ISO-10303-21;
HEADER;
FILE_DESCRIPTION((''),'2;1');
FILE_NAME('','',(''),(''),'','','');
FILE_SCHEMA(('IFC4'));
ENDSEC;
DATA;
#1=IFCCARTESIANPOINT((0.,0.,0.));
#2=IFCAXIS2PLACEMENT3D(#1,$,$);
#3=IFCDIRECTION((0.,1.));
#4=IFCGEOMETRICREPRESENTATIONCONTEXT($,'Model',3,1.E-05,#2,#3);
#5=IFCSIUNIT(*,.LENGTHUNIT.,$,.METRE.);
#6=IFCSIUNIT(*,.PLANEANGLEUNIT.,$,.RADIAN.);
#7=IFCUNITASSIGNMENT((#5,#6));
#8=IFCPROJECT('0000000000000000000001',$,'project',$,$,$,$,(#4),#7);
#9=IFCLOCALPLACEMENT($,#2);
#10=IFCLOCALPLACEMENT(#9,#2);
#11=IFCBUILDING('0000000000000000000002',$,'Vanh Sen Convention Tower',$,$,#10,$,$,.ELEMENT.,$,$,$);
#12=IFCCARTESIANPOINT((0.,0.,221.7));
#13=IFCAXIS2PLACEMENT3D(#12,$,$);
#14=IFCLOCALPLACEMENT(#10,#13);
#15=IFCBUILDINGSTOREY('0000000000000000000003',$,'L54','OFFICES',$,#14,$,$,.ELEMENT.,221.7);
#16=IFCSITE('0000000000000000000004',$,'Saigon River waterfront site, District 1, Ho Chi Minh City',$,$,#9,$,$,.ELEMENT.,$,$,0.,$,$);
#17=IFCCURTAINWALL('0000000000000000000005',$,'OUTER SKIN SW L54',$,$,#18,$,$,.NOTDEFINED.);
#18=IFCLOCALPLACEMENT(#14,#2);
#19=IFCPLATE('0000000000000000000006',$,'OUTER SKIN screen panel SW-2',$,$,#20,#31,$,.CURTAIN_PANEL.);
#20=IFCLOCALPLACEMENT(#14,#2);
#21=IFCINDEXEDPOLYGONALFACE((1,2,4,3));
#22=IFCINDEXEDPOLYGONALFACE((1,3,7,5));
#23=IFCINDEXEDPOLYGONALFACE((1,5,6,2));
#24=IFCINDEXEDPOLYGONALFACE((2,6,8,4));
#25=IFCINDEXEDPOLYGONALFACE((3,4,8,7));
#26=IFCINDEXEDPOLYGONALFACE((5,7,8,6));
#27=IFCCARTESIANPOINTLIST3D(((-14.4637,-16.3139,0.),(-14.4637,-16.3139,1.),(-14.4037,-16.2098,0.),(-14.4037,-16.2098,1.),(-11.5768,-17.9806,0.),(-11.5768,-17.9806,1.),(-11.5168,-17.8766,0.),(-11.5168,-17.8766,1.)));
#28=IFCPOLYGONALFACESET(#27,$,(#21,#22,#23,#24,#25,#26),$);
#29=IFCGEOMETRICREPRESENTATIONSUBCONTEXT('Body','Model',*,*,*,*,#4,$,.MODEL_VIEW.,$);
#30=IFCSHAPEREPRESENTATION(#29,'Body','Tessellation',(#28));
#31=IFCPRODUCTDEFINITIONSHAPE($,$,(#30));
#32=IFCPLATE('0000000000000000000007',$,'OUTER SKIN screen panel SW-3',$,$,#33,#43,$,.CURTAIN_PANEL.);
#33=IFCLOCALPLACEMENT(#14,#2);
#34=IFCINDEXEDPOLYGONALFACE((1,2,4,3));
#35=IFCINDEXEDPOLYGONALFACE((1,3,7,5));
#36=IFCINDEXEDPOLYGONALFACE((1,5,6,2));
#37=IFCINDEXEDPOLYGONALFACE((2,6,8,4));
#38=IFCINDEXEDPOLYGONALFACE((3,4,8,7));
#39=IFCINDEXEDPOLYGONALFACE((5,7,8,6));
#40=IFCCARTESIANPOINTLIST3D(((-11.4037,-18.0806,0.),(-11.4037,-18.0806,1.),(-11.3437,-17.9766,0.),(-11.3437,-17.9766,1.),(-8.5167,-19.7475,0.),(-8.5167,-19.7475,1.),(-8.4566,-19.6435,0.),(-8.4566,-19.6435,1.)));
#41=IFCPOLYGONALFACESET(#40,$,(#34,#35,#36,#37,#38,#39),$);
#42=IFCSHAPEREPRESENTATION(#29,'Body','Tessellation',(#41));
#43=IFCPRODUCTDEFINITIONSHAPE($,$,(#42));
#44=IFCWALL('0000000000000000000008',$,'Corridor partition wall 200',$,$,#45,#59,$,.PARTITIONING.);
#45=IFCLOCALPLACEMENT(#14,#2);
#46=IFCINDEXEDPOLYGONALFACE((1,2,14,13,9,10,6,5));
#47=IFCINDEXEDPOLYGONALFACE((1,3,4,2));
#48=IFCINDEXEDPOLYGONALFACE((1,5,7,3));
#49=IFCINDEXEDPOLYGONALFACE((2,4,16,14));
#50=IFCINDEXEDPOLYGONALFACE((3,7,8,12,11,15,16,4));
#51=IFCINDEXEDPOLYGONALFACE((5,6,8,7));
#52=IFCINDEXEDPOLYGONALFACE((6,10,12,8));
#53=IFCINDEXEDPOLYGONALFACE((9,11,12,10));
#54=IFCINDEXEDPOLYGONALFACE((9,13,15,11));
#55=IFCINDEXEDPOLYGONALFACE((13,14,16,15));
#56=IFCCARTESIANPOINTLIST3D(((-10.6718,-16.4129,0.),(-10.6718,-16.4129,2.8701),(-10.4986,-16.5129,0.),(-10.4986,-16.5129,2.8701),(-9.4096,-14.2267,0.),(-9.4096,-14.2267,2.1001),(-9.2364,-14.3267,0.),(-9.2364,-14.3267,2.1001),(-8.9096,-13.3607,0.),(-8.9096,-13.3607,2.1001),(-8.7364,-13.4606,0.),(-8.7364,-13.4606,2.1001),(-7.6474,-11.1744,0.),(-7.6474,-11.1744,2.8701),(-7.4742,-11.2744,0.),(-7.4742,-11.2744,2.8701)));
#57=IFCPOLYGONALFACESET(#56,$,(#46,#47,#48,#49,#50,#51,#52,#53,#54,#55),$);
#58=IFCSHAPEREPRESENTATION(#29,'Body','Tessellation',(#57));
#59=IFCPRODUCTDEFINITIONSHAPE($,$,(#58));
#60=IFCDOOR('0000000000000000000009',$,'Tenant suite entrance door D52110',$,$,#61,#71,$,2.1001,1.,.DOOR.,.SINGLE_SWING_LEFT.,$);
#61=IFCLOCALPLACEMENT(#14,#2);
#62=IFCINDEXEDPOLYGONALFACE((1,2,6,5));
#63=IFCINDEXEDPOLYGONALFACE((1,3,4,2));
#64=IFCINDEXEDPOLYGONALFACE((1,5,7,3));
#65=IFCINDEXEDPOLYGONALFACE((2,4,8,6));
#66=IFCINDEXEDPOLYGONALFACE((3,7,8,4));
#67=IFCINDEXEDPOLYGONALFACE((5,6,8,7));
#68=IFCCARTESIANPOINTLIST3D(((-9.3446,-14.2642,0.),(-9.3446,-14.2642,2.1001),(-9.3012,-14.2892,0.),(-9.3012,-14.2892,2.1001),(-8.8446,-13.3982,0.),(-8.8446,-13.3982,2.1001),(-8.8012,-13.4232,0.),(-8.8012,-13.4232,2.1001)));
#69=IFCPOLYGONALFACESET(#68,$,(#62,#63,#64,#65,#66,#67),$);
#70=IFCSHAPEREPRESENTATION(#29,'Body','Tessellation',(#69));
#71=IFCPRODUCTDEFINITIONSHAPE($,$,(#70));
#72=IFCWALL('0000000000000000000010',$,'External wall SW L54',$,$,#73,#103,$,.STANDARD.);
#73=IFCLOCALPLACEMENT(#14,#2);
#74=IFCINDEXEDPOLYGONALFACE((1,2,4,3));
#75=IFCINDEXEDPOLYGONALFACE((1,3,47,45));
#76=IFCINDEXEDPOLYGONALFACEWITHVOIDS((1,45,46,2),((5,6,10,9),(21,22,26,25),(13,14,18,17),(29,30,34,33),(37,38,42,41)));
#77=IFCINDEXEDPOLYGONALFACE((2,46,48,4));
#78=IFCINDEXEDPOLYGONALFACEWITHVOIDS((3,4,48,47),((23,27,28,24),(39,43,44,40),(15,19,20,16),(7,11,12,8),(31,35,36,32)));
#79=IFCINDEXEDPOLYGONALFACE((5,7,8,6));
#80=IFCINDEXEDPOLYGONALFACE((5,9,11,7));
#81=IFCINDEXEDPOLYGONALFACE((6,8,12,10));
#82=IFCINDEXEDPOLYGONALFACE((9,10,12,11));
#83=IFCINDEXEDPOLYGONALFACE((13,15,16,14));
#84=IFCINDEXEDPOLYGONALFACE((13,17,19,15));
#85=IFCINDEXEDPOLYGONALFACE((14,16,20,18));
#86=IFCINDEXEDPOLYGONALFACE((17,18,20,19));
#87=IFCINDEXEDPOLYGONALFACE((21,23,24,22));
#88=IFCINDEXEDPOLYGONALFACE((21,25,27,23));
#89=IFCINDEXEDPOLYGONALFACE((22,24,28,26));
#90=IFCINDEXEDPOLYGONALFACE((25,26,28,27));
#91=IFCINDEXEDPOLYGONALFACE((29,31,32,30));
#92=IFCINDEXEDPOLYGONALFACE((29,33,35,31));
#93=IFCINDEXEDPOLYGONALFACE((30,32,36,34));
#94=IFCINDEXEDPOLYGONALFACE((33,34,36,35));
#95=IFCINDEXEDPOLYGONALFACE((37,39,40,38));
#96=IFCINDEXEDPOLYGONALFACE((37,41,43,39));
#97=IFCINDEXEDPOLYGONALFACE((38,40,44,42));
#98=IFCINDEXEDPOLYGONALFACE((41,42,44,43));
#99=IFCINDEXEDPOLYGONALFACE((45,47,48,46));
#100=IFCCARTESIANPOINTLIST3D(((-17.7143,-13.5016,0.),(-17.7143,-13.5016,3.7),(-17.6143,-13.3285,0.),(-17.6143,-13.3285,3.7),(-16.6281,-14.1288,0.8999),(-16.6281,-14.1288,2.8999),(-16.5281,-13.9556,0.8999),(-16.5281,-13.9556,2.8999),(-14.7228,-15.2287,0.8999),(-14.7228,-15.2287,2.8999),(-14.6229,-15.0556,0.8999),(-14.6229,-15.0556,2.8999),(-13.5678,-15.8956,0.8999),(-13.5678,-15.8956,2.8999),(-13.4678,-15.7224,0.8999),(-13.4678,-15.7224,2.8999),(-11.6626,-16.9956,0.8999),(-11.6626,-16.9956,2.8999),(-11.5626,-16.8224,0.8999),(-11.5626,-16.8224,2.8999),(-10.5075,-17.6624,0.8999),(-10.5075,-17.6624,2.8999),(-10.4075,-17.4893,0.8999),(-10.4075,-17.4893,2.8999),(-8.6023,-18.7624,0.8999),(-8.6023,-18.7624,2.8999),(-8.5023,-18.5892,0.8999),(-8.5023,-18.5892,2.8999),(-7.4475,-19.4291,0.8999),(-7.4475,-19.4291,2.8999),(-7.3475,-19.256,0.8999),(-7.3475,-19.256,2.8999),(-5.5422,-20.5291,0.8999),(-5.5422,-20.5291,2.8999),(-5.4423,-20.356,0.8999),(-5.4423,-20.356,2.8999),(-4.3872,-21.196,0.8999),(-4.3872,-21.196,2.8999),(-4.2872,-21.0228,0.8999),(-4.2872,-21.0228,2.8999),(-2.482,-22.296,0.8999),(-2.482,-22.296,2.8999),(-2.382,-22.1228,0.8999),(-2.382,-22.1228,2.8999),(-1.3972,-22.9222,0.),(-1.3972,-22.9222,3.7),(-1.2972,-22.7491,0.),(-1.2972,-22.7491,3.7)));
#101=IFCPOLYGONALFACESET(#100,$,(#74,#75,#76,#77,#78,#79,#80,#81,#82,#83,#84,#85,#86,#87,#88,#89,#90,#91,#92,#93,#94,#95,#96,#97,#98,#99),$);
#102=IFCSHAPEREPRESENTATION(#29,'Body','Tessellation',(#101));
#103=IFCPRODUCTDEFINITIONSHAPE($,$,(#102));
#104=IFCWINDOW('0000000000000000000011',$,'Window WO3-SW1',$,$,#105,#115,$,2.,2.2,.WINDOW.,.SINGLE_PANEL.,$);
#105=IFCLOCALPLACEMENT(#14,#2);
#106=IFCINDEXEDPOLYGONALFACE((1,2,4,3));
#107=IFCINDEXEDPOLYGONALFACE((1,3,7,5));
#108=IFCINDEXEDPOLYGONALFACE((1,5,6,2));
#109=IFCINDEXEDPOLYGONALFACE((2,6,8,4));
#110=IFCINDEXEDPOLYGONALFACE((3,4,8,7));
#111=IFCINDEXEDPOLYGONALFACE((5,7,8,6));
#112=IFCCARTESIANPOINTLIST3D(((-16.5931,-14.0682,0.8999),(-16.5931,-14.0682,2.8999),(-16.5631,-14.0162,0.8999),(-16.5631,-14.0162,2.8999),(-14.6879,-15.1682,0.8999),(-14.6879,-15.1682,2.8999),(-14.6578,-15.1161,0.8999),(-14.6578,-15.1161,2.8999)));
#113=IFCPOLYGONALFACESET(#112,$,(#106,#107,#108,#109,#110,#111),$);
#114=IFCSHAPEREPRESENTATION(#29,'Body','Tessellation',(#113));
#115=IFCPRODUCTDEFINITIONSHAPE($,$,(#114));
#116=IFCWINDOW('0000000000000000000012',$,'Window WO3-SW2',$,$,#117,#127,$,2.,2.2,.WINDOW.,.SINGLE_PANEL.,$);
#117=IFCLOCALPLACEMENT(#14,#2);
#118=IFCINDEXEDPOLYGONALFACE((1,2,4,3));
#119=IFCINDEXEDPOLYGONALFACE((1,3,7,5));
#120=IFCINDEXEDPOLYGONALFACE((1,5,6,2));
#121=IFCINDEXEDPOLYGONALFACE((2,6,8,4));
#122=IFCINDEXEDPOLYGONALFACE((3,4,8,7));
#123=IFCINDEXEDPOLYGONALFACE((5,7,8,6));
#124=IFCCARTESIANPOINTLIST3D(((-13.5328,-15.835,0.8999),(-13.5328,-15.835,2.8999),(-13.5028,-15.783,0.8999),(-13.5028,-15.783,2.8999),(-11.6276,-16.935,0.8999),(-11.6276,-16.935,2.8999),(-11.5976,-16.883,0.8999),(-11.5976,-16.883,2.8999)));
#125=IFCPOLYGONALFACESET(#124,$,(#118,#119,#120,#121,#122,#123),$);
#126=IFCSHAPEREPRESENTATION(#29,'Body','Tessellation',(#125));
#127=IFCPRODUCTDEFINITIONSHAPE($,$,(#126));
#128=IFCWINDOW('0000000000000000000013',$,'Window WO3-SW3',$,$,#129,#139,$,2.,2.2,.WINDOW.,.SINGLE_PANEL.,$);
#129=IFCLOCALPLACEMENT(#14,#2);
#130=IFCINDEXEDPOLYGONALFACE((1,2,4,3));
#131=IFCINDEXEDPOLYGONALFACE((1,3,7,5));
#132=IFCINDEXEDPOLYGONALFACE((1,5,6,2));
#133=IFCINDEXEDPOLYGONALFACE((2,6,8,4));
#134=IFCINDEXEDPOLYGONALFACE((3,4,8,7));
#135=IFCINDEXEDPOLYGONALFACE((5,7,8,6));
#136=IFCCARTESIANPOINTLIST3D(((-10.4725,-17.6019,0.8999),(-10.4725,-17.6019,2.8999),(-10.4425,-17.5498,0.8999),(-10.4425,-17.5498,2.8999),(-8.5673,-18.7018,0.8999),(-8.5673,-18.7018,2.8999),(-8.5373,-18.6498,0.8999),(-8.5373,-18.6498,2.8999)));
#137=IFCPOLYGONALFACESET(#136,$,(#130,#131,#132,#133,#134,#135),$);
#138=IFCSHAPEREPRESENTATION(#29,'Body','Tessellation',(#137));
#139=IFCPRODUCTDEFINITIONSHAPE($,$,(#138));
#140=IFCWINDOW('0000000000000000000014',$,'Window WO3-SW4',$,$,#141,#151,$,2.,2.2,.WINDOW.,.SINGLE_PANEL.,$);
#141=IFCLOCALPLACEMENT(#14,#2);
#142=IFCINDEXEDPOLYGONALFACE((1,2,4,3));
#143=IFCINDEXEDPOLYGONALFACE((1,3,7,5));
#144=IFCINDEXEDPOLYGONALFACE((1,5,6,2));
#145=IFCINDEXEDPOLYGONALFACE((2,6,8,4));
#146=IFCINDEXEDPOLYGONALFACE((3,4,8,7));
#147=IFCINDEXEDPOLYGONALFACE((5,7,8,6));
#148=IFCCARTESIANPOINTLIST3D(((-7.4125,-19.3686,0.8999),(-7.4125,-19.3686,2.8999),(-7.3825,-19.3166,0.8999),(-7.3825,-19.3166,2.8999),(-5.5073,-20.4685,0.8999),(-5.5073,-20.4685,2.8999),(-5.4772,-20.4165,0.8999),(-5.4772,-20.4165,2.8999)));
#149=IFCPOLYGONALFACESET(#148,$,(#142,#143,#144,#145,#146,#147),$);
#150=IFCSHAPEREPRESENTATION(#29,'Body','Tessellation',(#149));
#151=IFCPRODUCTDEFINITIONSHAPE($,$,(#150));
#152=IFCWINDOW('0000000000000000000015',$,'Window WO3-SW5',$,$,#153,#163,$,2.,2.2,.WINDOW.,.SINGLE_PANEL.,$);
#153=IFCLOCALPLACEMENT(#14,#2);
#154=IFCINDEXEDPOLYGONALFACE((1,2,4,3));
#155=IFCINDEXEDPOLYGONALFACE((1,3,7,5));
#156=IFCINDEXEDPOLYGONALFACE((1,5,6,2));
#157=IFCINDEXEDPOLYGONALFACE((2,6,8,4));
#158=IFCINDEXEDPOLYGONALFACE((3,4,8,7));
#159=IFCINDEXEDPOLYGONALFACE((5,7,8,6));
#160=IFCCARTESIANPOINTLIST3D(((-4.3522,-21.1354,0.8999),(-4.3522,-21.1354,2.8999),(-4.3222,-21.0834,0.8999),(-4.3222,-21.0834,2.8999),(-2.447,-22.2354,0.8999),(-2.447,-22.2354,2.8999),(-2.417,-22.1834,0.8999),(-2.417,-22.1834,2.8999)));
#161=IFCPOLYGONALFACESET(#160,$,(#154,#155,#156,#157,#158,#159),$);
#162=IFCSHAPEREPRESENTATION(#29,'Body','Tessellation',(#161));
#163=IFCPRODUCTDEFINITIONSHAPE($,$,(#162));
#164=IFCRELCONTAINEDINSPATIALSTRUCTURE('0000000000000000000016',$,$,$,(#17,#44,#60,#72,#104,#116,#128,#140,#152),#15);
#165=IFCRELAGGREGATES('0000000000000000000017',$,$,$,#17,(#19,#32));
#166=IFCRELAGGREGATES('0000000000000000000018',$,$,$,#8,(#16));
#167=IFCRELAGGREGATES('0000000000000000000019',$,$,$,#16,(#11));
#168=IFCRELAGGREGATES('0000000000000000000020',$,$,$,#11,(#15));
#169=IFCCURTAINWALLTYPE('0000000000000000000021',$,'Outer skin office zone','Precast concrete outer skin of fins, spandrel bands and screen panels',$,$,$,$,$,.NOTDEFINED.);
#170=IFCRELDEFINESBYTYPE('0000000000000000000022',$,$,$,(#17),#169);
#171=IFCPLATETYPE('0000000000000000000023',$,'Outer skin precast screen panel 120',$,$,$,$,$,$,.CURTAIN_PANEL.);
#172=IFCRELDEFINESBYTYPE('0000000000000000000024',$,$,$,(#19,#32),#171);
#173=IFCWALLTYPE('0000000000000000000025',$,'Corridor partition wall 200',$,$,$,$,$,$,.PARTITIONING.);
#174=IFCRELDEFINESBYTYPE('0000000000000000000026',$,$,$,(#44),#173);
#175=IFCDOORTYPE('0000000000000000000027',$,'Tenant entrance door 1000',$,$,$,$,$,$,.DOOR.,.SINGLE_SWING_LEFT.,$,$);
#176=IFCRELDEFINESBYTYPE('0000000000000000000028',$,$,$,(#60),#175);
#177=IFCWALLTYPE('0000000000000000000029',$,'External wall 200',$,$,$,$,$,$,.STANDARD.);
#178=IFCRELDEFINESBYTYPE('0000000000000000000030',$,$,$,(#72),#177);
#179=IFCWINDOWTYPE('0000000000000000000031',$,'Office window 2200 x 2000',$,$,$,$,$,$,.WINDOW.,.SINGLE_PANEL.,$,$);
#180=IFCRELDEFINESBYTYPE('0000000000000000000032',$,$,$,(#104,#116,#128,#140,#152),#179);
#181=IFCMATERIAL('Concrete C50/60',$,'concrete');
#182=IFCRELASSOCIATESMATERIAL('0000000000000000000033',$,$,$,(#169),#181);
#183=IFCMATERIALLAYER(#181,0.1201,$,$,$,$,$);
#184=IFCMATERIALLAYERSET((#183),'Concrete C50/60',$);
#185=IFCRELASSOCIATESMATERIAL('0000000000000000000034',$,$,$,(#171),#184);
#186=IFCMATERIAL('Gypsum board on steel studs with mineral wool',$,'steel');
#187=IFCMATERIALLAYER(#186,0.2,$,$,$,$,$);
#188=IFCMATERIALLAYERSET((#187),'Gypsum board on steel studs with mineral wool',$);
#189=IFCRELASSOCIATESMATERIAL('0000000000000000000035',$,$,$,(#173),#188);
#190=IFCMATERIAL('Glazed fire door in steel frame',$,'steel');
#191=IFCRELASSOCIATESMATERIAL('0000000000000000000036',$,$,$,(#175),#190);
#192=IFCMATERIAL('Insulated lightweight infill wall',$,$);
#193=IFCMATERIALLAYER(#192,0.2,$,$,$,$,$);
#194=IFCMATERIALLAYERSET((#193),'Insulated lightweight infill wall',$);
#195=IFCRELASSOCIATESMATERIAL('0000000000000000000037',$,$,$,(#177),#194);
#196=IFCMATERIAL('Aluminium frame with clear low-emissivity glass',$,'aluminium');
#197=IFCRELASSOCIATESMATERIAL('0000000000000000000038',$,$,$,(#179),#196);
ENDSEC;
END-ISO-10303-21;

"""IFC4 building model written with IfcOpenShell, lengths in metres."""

from ifc_helpers import new_model, si_unit, direction, frame, frame_2d, origin, origin_2d, place, context, subcontext, project, spatial, rectangle, extrude, material, layer, layer_set, type_object, element, fill, aggregate, save


model = new_model("IFC4")

# Units and contexts
model_context = context("Model", 3, precision=1e-05, world=origin(), true_north=direction((0.0, 1.0)))
body_context = subcontext(model_context, "Body", "Model", "MODEL_VIEW")
ifc_project = project(units=[si_unit("LENGTHUNIT", "METRE"), si_unit("PLANEANGLEUNIT", "RADIAN")], contexts=[model_context])

# Site, building, storey
site_placement = place(None, origin())
site = spatial("IfcSite", under=ifc_project, at=site_placement, Name="Saigon River waterfront site, District 1, Ho Chi Minh City", CompositionType="ELEMENT", RefElevation=0.0)
building_placement = place(site_placement, origin())
building = spatial("IfcBuilding", under=site, at=building_placement, Name="Vanh Sen Convention Tower", CompositionType="ELEMENT")
storey_placement = place(building_placement, frame((0.0, 0.0, 221.7)))
storey = spatial("IfcBuildingStorey", under=building, at=storey_placement, Name="L54", Description="OFFICES", CompositionType="ELEMENT", Elevation=221.7)

# Curtain wall
ifc_material_1 = material(Name="Concrete C50/60", Category="concrete")
curtain_wall_type = type_object("IfcCurtainWallType", Name="Outer skin office zone", Description="Precast concrete outer skin of fins, spandrel bands and screen panels", PredefinedType="NOTDEFINED", material=ifc_material_1)
curtain_wall_placement = place(storey_placement, origin())
curtain_wall = element("IfcCurtainWall", 1, at=curtain_wall_placement, inside=storey, type_object=curtain_wall_type, Name="OUTER SKIN SW L54", PredefinedType="NOTDEFINED")

# Plates
ifc_layer_1 = layer(ifc_material_1, 0.1201)
ifc_layer_set_1 = layer_set([ifc_layer_1], Name="Concrete C50/60")
plate_type = type_object("IfcPlateType", Name="Outer skin precast screen panel 120", PredefinedType="CURTAIN_PANEL", material=ifc_layer_set_1)
plate_1_placement = place(storey_placement, frame((-12.9902, -17.0952, 0.0), z_axis=(0.0, 0.0, 1.0), x_axis=(0.866026, -0.499998, 0.0)))
plate_1 = element("IfcPlate", 2, at=plate_1_placement, type_object=plate_type, Name="OUTER SKIN screen panel SW-2", PredefinedType="CURTAIN_PANEL", context=body_context, shape_type="SweptSolid", body=[
    extrude(rectangle(XDim=3.3335, YDim=0.1201, at=origin_2d()), origin(), (0.0, 0.0, 1.0), 1.0),
])
plate_2_placement = place(storey_placement, frame((-9.9302, -18.8621, 0.0), z_axis=(0.0, 0.0, 1.0), x_axis=(0.866014, -0.50002, 0.0)))
plate_2 = element("IfcPlate", 3, at=plate_2_placement, type_object=plate_type, Name="OUTER SKIN screen panel SW-3", PredefinedType="CURTAIN_PANEL", context=body_context, shape_type="SweptSolid", body=[
    extrude(rectangle(XDim=3.3337, YDim=0.1201, at=origin_2d()), origin(), (0.0, 0.0, 1.0), 1.0),
])
aggregate(curtain_wall, [plate_1, plate_2])

# Wall, opening, door
ifc_material_2 = material(Name="Gypsum board on steel studs with mineral wool", Category="steel")
ifc_layer_2 = layer(ifc_material_2, 0.2)
ifc_layer_set_2 = layer_set([ifc_layer_2], Name="Gypsum board on steel studs with mineral wool")
wall_type_1 = type_object("IfcWallType", Name="Corridor partition wall 200", PredefinedType="PARTITIONING", material=ifc_layer_set_2)
wall_1_placement = place(storey_placement, frame((-10.5852, -16.4629, 0.0), z_axis=(0.0, 0.0, 1.0), x_axis=(0.499994, 0.866029, 0.0)))
wall_1 = element("IfcWall", 4, at=wall_1_placement, inside=storey, type_object=wall_type_1, Name="Corridor partition wall 200", PredefinedType="PARTITIONING", context=body_context, shape_type="SweptSolid", body=[
    extrude(rectangle(XDim=6.0488, YDim=0.2, at=frame_2d((3.0244, 0.0))), origin(), (0.0, 0.0, 1.0), 2.8701),
])
opening_1_placement = place(wall_1_placement, frame((2.5244, 0.0, 0.0)))
opening_1 = element("IfcOpeningElement", 5, at=opening_1_placement, cuts=wall_1, PredefinedType="OPENING", context=body_context, shape_type="SweptSolid", body=[
    extrude(rectangle(XDim=1.0, YDim=2.1001, at=frame_2d((0.5, 1.05))), frame((0.0, 0.1099, 0.0), z_axis=(0.0, -1.0, 0.0), x_axis=(1.0, 0.0, 0.0)), (0.0, 0.0, 1.0), 0.22),
])
ifc_material_3 = material(Name="Glazed fire door in steel frame", Category="steel")
door_type = type_object("IfcDoorType", Name="Tenant entrance door 1000", OperationType="SINGLE_SWING_LEFT", PredefinedType="DOOR", material=ifc_material_3)
door_placement = place(opening_1_placement, origin())
door = element("IfcDoor", 6, at=door_placement, inside=storey, type_object=door_type, Name="Tenant suite entrance door D52110", OperationType="SINGLE_SWING_LEFT", OverallHeight=2.1001, OverallWidth=1.0, PredefinedType="DOOR", context=body_context, shape_type="SweptSolid", body=[
    extrude(rectangle(XDim=1.0, YDim=2.1001, at=frame_2d((0.5, 1.05))), frame((0.0, 0.0249, 0.0), z_axis=(0.0, -1.0, 0.0), x_axis=(1.0, 0.0, 0.0)), (0.0, 0.0, 1.0), 0.05),
])
fill(opening_1, door)

# Wall, openings, windows
ifc_material_4 = material(Name="Insulated lightweight infill wall")
ifc_layer_3 = layer(ifc_material_4, 0.2)
ifc_layer_set_3 = layer_set([ifc_layer_3], Name="Insulated lightweight infill wall")
wall_type_2 = type_object("IfcWallType", Name="External wall 200", PredefinedType="STANDARD", material=ifc_layer_set_3)
wall_2_placement = place(storey_placement, frame((-17.6643, -13.415, 0.0), z_axis=(0.0, 0.0, 1.0), x_axis=(0.866027, -0.499998, 0.0)))
wall_2 = element("IfcWall", 7, at=wall_2_placement, inside=storey, type_object=wall_type_2, Name="External wall SW L54", PredefinedType="STANDARD", context=body_context, shape_type="SweptSolid", body=[
    extrude(rectangle(XDim=18.8413, YDim=0.2, at=frame_2d((9.4207, 0.0))), origin(), (0.0, 0.0, 1.0), 3.7),
])
opening_2_placement = place(wall_2_placement, frame((1.2542, 0.0, 0.8999)))
opening_2 = element("IfcOpeningElement", 8, at=opening_2_placement, cuts=wall_2, PredefinedType="OPENING", context=body_context, shape_type="SweptSolid", body=[
    extrude(rectangle(XDim=2.2, YDim=2.0, at=frame_2d((1.1001, 1.0))), frame((0.0, 0.1099, 0.0), z_axis=(0.0, -1.0, 0.0), x_axis=(1.0, 0.0, 0.0)), (0.0, 0.0, 1.0), 0.22),
])
opening_3_placement = place(wall_2_placement, frame((4.7878, 0.0, 0.8999)))
opening_3 = element("IfcOpeningElement", 9, at=opening_3_placement, cuts=wall_2, PredefinedType="OPENING", context=body_context, shape_type="SweptSolid", body=[
    extrude(rectangle(XDim=2.2, YDim=2.0, at=frame_2d((1.1001, 1.0))), frame((0.0, 0.1099, 0.0), z_axis=(0.0, -1.0, 0.0), x_axis=(1.0, 0.0, 0.0)), (0.0, 0.0, 1.0), 0.22),
])
opening_4_placement = place(wall_2_placement, frame((8.3215, 0.0, 0.8999)))
opening_4 = element("IfcOpeningElement", 10, at=opening_4_placement, cuts=wall_2, PredefinedType="OPENING", context=body_context, shape_type="SweptSolid", body=[
    extrude(rectangle(XDim=2.2, YDim=2.0, at=frame_2d((1.1001, 1.0))), frame((0.0, 0.1099, 0.0), z_axis=(0.0, -1.0, 0.0), x_axis=(1.0, 0.0, 0.0)), (0.0, 0.0, 1.0), 0.22),
])
opening_5_placement = place(wall_2_placement, frame((11.855, 0.0, 0.8999)))
opening_5 = element("IfcOpeningElement", 11, at=opening_5_placement, cuts=wall_2, PredefinedType="OPENING", context=body_context, shape_type="SweptSolid", body=[
    extrude(rectangle(XDim=2.2, YDim=2.0, at=frame_2d((1.1001, 1.0))), frame((0.0, 0.1099, 0.0), z_axis=(0.0, -1.0, 0.0), x_axis=(1.0, 0.0, 0.0)), (0.0, 0.0, 1.0), 0.22),
])
opening_6_placement = place(wall_2_placement, frame((15.3887, 0.0, 0.8999)))
opening_6 = element("IfcOpeningElement", 12, at=opening_6_placement, cuts=wall_2, PredefinedType="OPENING", context=body_context, shape_type="SweptSolid", body=[
    extrude(rectangle(XDim=2.2, YDim=2.0, at=frame_2d((1.1001, 1.0))), frame((0.0, 0.1099, 0.0), z_axis=(0.0, -1.0, 0.0), x_axis=(1.0, 0.0, 0.0)), (0.0, 0.0, 1.0), 0.22),
])
ifc_material_5 = material(Name="Aluminium frame with clear low-emissivity glass", Category="aluminium")
window_type = type_object("IfcWindowType", Name="Office window 2200 x 2000", PartitioningType="SINGLE_PANEL", PredefinedType="WINDOW", material=ifc_material_5)
window_1_placement = place(opening_2_placement, origin())
window_1 = element("IfcWindow", 13, at=window_1_placement, inside=storey, type_object=window_type, Name="Window WO3-SW1", OverallHeight=2.0, OverallWidth=2.2, PartitioningType="SINGLE_PANEL", PredefinedType="WINDOW", context=body_context, shape_type="SweptSolid", body=[
    extrude(rectangle(XDim=2.2, YDim=2.0, at=frame_2d((1.1001, 1.0))), frame((0.0, 0.03, 0.0), z_axis=(0.0, -1.0, 0.0), x_axis=(1.0, 0.0, 0.0)), (0.0, 0.0, 1.0), 0.0601),
])
fill(opening_2, window_1)
window_2_placement = place(opening_3_placement, origin())
window_2 = element("IfcWindow", 14, at=window_2_placement, inside=storey, type_object=window_type, Name="Window WO3-SW2", OverallHeight=2.0, OverallWidth=2.2, PartitioningType="SINGLE_PANEL", PredefinedType="WINDOW", context=body_context, shape_type="SweptSolid", body=[
    extrude(rectangle(XDim=2.2, YDim=2.0, at=frame_2d((1.1001, 1.0))), frame((0.0, 0.03, 0.0), z_axis=(0.0, -1.0, 0.0), x_axis=(1.0, 0.0, 0.0)), (0.0, 0.0, 1.0), 0.0601),
])
fill(opening_3, window_2)
window_3_placement = place(opening_4_placement, origin())
window_3 = element("IfcWindow", 15, at=window_3_placement, inside=storey, type_object=window_type, Name="Window WO3-SW3", OverallHeight=2.0, OverallWidth=2.2, PartitioningType="SINGLE_PANEL", PredefinedType="WINDOW", context=body_context, shape_type="SweptSolid", body=[
    extrude(rectangle(XDim=2.2, YDim=2.0, at=frame_2d((1.1001, 1.0))), frame((0.0, 0.03, 0.0), z_axis=(0.0, -1.0, 0.0), x_axis=(1.0, 0.0, 0.0)), (0.0, 0.0, 1.0), 0.0601),
])
fill(opening_4, window_3)
window_4_placement = place(opening_5_placement, origin())
window_4 = element("IfcWindow", 16, at=window_4_placement, inside=storey, type_object=window_type, Name="Window WO3-SW4", OverallHeight=2.0, OverallWidth=2.2, PartitioningType="SINGLE_PANEL", PredefinedType="WINDOW", context=body_context, shape_type="SweptSolid", body=[
    extrude(rectangle(XDim=2.2, YDim=2.0, at=frame_2d((1.1001, 1.0))), frame((0.0, 0.03, 0.0), z_axis=(0.0, -1.0, 0.0), x_axis=(1.0, 0.0, 0.0)), (0.0, 0.0, 1.0), 0.0601),
])
fill(opening_5, window_4)
window_5_placement = place(opening_6_placement, origin())
window_5 = element("IfcWindow", 17, at=window_5_placement, inside=storey, type_object=window_type, Name="Window WO3-SW5", OverallHeight=2.0, OverallWidth=2.2, PartitioningType="SINGLE_PANEL", PredefinedType="WINDOW", context=body_context, shape_type="SweptSolid", body=[
    extrude(rectangle(XDim=2.2, YDim=2.0, at=frame_2d((1.1001, 1.0))), frame((0.0, 0.03, 0.0), z_axis=(0.0, -1.0, 0.0), x_axis=(1.0, 0.0, 0.0)), (0.0, 0.0, 1.0), 0.0601),
])
fill(opening_6, window_5)

save(model, "model.ifc")
